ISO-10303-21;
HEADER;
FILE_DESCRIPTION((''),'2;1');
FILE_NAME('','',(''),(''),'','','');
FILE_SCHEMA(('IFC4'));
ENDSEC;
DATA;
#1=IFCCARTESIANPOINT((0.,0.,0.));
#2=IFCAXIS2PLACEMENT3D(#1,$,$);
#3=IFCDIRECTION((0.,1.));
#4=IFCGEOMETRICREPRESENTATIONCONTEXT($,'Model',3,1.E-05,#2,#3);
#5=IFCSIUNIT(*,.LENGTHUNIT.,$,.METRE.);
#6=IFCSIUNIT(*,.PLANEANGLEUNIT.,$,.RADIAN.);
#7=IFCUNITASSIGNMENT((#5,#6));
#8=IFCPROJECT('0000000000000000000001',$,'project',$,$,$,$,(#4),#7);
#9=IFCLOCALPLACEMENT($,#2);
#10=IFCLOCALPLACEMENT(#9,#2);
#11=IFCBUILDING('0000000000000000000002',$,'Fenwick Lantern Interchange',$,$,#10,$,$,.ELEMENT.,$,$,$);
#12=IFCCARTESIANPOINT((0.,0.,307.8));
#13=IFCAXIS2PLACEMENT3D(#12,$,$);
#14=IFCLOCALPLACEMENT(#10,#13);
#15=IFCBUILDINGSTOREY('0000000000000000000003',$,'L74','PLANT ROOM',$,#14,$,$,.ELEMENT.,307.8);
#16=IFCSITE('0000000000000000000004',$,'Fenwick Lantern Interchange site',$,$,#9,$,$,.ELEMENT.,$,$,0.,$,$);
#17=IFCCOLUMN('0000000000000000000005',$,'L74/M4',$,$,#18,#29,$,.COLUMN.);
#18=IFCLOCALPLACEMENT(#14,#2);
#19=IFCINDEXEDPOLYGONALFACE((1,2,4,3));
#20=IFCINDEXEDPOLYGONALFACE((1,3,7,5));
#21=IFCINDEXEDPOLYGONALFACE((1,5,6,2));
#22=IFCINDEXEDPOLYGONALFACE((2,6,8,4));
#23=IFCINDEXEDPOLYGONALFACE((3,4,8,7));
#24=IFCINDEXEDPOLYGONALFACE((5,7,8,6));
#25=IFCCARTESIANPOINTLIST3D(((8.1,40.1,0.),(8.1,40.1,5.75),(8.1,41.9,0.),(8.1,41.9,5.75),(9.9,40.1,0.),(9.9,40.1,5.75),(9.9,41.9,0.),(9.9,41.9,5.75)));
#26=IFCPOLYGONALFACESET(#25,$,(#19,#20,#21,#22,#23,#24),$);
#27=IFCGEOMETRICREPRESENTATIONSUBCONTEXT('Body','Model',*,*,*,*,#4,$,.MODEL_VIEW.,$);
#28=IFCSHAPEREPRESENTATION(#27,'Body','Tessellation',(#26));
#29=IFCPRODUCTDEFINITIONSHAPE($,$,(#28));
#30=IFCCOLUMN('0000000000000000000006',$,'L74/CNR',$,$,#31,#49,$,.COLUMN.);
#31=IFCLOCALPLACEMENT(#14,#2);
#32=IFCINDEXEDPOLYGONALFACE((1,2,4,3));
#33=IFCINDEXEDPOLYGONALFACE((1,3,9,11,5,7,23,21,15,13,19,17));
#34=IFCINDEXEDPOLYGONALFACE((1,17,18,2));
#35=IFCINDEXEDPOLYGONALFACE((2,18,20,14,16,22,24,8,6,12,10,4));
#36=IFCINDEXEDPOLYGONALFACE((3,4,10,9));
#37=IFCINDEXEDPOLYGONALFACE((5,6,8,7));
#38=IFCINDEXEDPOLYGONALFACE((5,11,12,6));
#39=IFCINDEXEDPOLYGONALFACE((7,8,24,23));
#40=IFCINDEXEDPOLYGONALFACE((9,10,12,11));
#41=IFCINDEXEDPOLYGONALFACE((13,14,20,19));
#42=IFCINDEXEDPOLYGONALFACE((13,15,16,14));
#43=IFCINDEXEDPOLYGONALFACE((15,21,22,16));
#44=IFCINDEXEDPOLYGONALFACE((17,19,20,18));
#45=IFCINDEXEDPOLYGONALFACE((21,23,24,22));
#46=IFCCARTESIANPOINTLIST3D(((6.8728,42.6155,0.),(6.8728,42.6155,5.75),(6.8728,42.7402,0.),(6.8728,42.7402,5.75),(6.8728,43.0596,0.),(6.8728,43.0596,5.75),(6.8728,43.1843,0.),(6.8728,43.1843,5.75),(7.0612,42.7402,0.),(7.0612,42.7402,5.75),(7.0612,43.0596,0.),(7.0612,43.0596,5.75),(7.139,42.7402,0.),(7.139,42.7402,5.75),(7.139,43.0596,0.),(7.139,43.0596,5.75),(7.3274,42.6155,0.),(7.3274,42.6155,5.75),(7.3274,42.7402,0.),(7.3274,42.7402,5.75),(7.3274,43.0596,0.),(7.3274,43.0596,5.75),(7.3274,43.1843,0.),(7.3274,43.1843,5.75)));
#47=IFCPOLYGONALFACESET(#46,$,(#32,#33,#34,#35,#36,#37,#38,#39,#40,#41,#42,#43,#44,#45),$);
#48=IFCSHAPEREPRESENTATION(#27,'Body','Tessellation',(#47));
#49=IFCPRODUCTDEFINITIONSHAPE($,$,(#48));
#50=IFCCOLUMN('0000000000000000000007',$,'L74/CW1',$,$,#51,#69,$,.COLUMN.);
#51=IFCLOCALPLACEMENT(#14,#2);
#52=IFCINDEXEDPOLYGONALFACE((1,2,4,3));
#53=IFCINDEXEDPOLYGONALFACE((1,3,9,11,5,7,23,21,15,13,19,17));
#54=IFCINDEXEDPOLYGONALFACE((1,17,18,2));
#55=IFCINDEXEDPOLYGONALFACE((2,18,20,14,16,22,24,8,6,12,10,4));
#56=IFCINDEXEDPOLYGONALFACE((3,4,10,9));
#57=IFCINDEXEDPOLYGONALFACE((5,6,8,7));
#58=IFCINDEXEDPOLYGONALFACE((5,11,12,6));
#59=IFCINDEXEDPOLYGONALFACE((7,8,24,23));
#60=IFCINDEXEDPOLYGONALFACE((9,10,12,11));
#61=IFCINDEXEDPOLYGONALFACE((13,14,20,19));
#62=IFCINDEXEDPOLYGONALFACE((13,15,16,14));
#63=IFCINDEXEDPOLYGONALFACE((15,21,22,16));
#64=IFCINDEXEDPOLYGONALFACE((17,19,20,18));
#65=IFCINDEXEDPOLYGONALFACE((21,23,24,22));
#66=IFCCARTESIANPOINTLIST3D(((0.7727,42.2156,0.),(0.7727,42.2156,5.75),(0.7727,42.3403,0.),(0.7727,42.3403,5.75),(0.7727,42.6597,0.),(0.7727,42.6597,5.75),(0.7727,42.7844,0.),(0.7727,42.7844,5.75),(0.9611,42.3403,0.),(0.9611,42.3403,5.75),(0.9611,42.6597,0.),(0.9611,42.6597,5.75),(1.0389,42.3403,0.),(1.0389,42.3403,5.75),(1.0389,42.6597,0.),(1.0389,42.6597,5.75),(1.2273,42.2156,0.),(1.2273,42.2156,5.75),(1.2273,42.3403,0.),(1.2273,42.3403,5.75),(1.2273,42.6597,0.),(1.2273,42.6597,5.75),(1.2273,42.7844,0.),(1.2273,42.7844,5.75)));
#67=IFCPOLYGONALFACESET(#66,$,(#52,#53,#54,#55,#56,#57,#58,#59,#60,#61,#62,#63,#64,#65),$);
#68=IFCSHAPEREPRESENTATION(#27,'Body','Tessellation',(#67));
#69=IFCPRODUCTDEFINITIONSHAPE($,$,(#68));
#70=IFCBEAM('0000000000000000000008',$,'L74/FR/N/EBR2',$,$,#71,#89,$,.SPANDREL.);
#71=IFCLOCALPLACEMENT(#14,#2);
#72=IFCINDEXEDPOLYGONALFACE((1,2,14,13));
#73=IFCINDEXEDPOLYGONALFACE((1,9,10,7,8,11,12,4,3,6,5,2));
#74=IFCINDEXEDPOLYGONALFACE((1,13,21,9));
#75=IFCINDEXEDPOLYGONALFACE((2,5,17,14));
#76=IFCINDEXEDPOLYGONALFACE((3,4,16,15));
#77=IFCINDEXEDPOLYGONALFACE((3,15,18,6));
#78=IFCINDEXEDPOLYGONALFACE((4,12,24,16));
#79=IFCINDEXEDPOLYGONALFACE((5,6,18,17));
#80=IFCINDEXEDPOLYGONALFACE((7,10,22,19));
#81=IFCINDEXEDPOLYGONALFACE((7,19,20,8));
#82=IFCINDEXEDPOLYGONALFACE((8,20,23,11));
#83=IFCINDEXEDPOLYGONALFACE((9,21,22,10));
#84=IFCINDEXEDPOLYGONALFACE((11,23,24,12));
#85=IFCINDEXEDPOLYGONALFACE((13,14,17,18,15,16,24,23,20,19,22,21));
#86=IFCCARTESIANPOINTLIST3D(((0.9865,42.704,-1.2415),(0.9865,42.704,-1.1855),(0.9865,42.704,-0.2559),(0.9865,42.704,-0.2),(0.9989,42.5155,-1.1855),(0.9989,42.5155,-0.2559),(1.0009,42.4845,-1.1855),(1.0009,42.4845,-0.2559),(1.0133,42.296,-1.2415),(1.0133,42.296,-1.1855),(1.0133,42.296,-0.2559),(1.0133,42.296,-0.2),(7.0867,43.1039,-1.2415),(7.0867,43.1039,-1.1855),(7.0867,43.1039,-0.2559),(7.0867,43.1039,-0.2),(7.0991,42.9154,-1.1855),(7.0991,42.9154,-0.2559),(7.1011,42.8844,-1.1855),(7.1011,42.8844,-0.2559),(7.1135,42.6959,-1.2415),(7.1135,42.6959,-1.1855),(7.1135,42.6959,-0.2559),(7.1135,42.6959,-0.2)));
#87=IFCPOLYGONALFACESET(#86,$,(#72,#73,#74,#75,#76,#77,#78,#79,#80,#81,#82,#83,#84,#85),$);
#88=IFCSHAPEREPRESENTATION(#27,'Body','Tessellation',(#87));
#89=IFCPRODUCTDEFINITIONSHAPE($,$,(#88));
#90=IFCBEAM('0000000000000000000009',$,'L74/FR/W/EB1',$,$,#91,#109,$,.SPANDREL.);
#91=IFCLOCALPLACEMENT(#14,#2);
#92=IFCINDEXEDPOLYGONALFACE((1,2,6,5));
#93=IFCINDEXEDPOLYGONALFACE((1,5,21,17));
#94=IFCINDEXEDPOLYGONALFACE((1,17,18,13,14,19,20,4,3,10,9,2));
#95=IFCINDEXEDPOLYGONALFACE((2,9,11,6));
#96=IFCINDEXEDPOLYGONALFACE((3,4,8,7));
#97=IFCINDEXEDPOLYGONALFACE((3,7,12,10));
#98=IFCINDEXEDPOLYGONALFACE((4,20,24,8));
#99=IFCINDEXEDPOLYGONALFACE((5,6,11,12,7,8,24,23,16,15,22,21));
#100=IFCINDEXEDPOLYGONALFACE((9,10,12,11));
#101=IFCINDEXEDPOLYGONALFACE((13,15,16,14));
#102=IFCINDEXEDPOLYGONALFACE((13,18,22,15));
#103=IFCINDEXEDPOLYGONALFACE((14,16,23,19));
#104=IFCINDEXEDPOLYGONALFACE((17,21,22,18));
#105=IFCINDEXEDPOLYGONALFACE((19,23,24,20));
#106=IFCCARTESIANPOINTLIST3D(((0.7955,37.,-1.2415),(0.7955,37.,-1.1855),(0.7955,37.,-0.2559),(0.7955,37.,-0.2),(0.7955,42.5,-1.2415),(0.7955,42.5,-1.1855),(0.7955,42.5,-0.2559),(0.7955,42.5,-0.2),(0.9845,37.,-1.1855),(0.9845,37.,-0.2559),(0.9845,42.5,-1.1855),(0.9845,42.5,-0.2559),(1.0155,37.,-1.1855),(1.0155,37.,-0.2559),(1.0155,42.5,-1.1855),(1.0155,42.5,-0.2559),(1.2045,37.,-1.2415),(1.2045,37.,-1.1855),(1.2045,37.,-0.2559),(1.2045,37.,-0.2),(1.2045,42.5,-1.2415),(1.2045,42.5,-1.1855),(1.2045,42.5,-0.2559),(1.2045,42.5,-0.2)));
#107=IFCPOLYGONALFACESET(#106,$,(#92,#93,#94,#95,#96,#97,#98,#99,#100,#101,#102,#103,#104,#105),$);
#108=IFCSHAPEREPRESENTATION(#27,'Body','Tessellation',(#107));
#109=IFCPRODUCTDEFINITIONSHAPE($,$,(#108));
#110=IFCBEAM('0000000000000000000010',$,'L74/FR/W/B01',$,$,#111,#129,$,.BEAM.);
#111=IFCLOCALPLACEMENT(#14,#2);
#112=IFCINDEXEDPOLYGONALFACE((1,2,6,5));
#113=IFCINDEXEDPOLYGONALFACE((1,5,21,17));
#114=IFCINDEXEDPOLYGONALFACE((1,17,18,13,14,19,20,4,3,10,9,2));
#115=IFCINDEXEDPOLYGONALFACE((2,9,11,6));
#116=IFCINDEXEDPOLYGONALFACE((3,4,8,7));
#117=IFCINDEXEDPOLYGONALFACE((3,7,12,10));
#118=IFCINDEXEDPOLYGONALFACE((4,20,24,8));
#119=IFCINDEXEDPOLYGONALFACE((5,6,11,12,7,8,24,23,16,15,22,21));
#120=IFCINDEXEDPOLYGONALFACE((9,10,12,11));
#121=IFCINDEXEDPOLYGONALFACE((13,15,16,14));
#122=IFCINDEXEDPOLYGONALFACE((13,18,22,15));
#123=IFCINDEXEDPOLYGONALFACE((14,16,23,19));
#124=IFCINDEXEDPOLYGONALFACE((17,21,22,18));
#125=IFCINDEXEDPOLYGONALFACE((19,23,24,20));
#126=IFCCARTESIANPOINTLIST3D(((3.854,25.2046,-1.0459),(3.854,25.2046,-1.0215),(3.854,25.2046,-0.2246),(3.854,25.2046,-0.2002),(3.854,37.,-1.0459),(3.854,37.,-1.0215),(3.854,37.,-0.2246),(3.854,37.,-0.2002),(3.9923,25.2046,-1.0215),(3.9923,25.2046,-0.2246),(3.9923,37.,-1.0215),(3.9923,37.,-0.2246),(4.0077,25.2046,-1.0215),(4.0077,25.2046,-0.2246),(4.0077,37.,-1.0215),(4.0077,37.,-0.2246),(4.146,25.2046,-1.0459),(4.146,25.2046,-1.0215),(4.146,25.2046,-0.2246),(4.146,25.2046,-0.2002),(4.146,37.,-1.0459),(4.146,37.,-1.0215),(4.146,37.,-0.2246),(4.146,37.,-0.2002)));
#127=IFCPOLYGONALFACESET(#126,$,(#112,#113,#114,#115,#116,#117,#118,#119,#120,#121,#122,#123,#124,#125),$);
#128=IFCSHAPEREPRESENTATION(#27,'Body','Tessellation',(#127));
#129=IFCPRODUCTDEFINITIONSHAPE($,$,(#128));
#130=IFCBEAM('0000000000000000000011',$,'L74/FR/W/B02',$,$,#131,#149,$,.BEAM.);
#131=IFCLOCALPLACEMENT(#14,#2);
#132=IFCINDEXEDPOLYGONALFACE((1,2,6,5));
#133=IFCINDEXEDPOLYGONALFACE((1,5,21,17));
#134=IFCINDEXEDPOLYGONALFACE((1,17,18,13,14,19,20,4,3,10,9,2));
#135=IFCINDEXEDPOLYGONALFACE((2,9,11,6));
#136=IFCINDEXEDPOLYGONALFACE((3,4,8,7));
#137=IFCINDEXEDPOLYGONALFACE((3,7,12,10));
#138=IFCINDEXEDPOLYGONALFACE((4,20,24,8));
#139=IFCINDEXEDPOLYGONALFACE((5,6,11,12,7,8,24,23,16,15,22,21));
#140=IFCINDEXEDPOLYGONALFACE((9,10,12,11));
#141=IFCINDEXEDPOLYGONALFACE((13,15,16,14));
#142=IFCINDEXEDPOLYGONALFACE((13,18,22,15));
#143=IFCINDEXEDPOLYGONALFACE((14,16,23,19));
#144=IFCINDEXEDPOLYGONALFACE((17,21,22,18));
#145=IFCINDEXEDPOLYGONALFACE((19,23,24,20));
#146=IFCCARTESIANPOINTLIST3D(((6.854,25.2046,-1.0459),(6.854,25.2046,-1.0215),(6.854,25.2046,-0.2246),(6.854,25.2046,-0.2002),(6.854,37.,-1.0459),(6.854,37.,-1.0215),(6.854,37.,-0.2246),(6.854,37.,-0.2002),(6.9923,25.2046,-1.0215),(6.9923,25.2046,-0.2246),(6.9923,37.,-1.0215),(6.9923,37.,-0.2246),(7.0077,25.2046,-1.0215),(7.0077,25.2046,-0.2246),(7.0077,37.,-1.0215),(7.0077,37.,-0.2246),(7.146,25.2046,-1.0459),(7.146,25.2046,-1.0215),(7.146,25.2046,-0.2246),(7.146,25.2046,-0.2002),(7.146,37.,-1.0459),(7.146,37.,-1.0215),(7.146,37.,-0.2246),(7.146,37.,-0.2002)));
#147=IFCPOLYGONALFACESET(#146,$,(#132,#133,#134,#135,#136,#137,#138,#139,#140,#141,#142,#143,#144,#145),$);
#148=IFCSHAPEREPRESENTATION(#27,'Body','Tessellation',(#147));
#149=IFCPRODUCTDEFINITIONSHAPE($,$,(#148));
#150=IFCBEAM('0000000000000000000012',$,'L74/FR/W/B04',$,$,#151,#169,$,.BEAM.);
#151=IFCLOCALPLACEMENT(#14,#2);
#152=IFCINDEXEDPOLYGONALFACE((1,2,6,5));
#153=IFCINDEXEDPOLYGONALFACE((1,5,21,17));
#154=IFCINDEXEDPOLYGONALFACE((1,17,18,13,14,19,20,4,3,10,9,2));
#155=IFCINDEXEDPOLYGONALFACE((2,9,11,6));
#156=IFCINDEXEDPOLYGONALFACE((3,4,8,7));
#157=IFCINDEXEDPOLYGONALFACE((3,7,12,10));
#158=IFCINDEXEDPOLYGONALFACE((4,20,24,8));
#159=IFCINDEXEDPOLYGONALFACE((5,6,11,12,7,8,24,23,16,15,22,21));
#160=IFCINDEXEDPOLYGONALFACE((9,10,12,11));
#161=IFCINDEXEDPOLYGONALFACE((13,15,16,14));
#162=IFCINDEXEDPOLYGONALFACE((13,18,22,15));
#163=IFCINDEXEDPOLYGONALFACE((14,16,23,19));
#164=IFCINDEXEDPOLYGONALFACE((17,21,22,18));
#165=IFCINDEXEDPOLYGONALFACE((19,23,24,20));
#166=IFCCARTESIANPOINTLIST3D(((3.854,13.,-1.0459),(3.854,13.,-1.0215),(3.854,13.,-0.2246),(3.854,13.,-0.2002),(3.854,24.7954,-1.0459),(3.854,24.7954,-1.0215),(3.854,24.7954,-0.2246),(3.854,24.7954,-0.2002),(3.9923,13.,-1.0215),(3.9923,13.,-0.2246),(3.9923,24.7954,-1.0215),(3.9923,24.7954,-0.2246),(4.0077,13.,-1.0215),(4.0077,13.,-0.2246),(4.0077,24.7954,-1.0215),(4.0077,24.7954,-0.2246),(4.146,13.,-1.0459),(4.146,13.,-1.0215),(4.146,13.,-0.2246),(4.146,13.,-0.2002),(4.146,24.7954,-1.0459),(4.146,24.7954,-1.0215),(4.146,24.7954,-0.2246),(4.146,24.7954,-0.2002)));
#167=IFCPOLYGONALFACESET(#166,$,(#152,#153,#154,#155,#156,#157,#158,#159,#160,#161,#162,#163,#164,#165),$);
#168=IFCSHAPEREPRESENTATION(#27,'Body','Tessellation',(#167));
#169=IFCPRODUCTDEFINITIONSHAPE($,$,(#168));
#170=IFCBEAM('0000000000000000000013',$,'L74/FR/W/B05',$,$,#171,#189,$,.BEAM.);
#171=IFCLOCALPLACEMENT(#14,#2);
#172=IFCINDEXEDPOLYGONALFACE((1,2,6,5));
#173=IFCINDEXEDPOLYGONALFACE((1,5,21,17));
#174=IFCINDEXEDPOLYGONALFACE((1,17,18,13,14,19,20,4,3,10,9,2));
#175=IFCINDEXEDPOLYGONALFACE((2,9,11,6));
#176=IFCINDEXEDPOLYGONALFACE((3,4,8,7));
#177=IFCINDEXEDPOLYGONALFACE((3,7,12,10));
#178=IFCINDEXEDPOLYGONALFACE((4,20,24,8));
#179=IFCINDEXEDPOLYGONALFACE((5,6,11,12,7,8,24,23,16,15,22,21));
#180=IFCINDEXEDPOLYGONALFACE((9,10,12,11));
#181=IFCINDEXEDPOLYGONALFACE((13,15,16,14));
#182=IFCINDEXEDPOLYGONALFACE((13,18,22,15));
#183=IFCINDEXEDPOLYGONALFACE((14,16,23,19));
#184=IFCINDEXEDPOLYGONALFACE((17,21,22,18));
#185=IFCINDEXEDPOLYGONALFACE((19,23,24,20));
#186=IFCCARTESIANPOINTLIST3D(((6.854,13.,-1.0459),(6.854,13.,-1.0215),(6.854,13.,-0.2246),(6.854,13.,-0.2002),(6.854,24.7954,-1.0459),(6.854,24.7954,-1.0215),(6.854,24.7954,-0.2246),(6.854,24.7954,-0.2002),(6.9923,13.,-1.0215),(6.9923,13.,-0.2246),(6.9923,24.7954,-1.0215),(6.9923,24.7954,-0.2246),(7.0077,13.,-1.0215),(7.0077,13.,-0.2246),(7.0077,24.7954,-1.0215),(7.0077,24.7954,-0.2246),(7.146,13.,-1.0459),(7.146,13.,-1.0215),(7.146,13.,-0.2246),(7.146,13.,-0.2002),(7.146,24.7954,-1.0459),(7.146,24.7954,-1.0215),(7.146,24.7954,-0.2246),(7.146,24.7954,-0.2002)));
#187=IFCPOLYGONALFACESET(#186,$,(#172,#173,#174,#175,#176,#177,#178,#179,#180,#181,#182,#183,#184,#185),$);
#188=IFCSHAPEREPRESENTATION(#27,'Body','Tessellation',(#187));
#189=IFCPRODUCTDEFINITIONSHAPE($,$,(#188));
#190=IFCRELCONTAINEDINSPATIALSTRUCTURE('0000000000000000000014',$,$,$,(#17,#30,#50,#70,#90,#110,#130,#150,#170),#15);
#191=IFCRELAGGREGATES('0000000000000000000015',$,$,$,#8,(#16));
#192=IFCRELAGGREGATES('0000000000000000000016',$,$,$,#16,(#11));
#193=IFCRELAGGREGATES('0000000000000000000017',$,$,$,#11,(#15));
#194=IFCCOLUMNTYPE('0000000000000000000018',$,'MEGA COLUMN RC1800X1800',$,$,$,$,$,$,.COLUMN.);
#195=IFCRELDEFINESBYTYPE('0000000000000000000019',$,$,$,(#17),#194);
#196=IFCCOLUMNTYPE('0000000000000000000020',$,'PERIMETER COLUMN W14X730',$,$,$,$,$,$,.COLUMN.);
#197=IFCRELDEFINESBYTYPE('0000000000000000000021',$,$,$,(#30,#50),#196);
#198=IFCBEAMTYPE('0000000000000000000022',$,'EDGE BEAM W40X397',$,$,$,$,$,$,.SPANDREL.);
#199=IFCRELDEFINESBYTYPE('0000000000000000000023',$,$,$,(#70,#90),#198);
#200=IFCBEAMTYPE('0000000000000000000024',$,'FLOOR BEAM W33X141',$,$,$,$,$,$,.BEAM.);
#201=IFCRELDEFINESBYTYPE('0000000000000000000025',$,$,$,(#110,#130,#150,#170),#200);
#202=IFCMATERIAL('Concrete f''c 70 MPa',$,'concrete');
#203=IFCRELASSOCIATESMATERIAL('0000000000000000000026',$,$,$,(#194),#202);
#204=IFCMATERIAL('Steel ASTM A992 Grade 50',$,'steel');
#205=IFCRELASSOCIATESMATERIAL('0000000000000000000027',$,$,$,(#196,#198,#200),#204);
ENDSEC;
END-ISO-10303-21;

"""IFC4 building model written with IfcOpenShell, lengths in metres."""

from ifc_helpers import new_model, si_unit, direction, frame, origin, origin_2d, place, context, subcontext, project, spatial, rectangle, i_section, extrude, material, material_profile, profile_set, type_object, element, save


model = new_model("IFC4")

# Units and contexts
model_context = context("Model", 3, precision=1e-05, world=origin(), true_north=direction((0.0, 1.0)))
body_context = subcontext(model_context, "Body", "Model", "MODEL_VIEW")
ifc_project = project(units=[si_unit("LENGTHUNIT", "METRE"), si_unit("PLANEANGLEUNIT", "RADIAN")], contexts=[model_context])

# Site, building, storey
site_placement = place(None, origin())
site = spatial("IfcSite", under=ifc_project, at=site_placement, Name="Fenwick Lantern Interchange site", CompositionType="ELEMENT", RefElevation=0.0)
building_placement = place(site_placement, origin())
building = spatial("IfcBuilding", under=site, at=building_placement, Name="Fenwick Lantern Interchange", CompositionType="ELEMENT")
storey_placement = place(building_placement, frame((0.0, 0.0, 307.8)))
storey = spatial("IfcBuildingStorey", under=building, at=storey_placement, Name="L74", Description="PLANT ROOM", CompositionType="ELEMENT", Elevation=307.8)

# Columns
ifc_material_1 = material(Name="Concrete f'c 70 MPa", Category="concrete")
ifc_material_profile_1 = material_profile(ifc_material_1, rectangle(XDim=1.8, YDim=1.8, at=origin_2d()), Name="RC1800X1800")
ifc_profile_set_1 = profile_set([ifc_material_profile_1], Name="Concrete f'c 70 MPa")
column_type_1 = type_object("IfcColumnType", Name="MEGA COLUMN RC1800X1800", PredefinedType="COLUMN", material=ifc_profile_set_1)
column_placement = place(storey_placement, frame((9.0, 41.0, 0.0), z_axis=(0.0, 0.0, 1.0), x_axis=(1.0, 0.0, 0.0)))
element("IfcColumn", 1, at=column_placement, inside=storey, type_object=column_type_1, Name="L74/M4", PredefinedType="COLUMN", context=body_context, shape_type="SweptSolid", body=[
    extrude(rectangle(XDim=1.8, YDim=1.8, at=origin_2d()), origin(), (0.0, 0.0, 1.0), 5.75),
])
ifc_material_2 = material(Name="Steel ASTM A992 Grade 50", Category="steel")
ifc_material_profile_2 = material_profile(ifc_material_2, i_section(OverallWidth=0.4546, OverallDepth=0.5688, WebThickness=0.0779, FlangeThickness=0.1248, at=origin_2d()), Name="W14X730")
ifc_profile_set_2 = profile_set([ifc_material_profile_2], Name="Steel ASTM A992 Grade 50")
column_type_2 = type_object("IfcColumnType", Name="PERIMETER COLUMN W14X730", PredefinedType="COLUMN", material=ifc_profile_set_2)
for number, where, z_axis, x_axis, name in (
    (2, (7.1001, 42.8999, 0.0), (0.0, 0.0, 1.0), (1.0, 0.0, 0.0), "L74/CNR"),
    (3, (1.0, 42.5, 0.0), (0.0, 0.0, 1.0), (1.0, 0.0, 0.0), "L74/CW1"),
):
    element("IfcColumn", number, at=place(storey_placement, frame(where, z_axis=z_axis, x_axis=x_axis)), inside=storey, type_object=column_type_2, Name=name, PredefinedType="COLUMN", context=body_context, shape_type="SweptSolid", body=[
        extrude(i_section(OverallWidth=0.4546, OverallDepth=0.5688, WebThickness=0.0779, FlangeThickness=0.1248, at=origin_2d()), origin(), (0.0, 0.0, 1.0), 5.75),
    ])

# Beams
ifc_material_profile_3 = material_profile(ifc_material_2, i_section(OverallWidth=0.4089, OverallDepth=1.0415, WebThickness=0.031, FlangeThickness=0.0559, at=origin_2d()), Name="W40X397")
ifc_profile_set_3 = profile_set([ifc_material_profile_3], Name="Steel ASTM A992 Grade 50")
beam_type_1 = type_object("IfcBeamType", Name="EDGE BEAM W40X397", PredefinedType="SPANDREL", material=ifc_profile_set_3)
beam_1_placement = place(storey_placement, frame((7.1001, 42.8999, -0.7207), z_axis=(-0.997858, -0.065416, 0.0), x_axis=(0.065416, -0.997858, 0.0)))
element("IfcBeam", 4, at=beam_1_placement, inside=storey, type_object=beam_type_1, Name="L74/FR/N/EBR2", PredefinedType="SPANDREL", context=body_context, shape_type="SweptSolid", body=[
    extrude(i_section(OverallWidth=0.4089, OverallDepth=1.0415, WebThickness=0.031, FlangeThickness=0.0559, at=origin_2d()), origin(), (0.0, 0.0, 1.0), 6.1133),
])
beam_2_placement = place(storey_placement, frame((1.0, 42.5, -0.7207), z_axis=(0.0, -1.0, 0.0), x_axis=(1.0, 0.0, 0.0)))
element("IfcBeam", 5, at=beam_2_placement, inside=storey, type_object=beam_type_1, Name="L74/FR/W/EB1", PredefinedType="SPANDREL", context=body_context, shape_type="SweptSolid", body=[
    extrude(i_section(OverallWidth=0.4089, OverallDepth=1.0415, WebThickness=0.031, FlangeThickness=0.0559, at=origin_2d()), origin(), (0.0, 0.0, 1.0), 5.5),
])
ifc_material_profile_4 = material_profile(ifc_material_2, i_section(OverallWidth=0.292, OverallDepth=0.8457, WebThickness=0.0154, FlangeThickness=0.0244, at=origin_2d()), Name="W33X141")
ifc_profile_set_4 = profile_set([ifc_material_profile_4], Name="Steel ASTM A992 Grade 50")
beam_type_2 = type_object("IfcBeamType", Name="FLOOR BEAM W33X141", PredefinedType="BEAM", material=ifc_profile_set_4)
for number, where, z_axis, x_axis, name in (
    (6, (4.0, 37.0, -0.623), (0.0, -1.0, 0.0), (1.0, 0.0, 0.0), "L74/FR/W/B01"),
    (7, (7.0, 37.0, -0.623), (0.0, -1.0, 0.0), (1.0, 0.0, 0.0), "L74/FR/W/B02"),
    (8, (4.0, 24.7954, -0.623), (0.0, -1.0, 0.0), (1.0, 0.0, 0.0), "L74/FR/W/B04"),
    (9, (7.0, 24.7954, -0.623), (0.0, -1.0, 0.0), (1.0, 0.0, 0.0), "L74/FR/W/B05"),
):
    element("IfcBeam", number, at=place(storey_placement, frame(where, z_axis=z_axis, x_axis=x_axis)), inside=storey, type_object=beam_type_2, Name=name, PredefinedType="BEAM", context=body_context, shape_type="SweptSolid", body=[
        extrude(i_section(OverallWidth=0.292, OverallDepth=0.8457, WebThickness=0.0154, FlangeThickness=0.0244, at=origin_2d()), origin(), (0.0, 0.0, 1.0), 11.7954),
    ])

save(model, "model.ifc")
